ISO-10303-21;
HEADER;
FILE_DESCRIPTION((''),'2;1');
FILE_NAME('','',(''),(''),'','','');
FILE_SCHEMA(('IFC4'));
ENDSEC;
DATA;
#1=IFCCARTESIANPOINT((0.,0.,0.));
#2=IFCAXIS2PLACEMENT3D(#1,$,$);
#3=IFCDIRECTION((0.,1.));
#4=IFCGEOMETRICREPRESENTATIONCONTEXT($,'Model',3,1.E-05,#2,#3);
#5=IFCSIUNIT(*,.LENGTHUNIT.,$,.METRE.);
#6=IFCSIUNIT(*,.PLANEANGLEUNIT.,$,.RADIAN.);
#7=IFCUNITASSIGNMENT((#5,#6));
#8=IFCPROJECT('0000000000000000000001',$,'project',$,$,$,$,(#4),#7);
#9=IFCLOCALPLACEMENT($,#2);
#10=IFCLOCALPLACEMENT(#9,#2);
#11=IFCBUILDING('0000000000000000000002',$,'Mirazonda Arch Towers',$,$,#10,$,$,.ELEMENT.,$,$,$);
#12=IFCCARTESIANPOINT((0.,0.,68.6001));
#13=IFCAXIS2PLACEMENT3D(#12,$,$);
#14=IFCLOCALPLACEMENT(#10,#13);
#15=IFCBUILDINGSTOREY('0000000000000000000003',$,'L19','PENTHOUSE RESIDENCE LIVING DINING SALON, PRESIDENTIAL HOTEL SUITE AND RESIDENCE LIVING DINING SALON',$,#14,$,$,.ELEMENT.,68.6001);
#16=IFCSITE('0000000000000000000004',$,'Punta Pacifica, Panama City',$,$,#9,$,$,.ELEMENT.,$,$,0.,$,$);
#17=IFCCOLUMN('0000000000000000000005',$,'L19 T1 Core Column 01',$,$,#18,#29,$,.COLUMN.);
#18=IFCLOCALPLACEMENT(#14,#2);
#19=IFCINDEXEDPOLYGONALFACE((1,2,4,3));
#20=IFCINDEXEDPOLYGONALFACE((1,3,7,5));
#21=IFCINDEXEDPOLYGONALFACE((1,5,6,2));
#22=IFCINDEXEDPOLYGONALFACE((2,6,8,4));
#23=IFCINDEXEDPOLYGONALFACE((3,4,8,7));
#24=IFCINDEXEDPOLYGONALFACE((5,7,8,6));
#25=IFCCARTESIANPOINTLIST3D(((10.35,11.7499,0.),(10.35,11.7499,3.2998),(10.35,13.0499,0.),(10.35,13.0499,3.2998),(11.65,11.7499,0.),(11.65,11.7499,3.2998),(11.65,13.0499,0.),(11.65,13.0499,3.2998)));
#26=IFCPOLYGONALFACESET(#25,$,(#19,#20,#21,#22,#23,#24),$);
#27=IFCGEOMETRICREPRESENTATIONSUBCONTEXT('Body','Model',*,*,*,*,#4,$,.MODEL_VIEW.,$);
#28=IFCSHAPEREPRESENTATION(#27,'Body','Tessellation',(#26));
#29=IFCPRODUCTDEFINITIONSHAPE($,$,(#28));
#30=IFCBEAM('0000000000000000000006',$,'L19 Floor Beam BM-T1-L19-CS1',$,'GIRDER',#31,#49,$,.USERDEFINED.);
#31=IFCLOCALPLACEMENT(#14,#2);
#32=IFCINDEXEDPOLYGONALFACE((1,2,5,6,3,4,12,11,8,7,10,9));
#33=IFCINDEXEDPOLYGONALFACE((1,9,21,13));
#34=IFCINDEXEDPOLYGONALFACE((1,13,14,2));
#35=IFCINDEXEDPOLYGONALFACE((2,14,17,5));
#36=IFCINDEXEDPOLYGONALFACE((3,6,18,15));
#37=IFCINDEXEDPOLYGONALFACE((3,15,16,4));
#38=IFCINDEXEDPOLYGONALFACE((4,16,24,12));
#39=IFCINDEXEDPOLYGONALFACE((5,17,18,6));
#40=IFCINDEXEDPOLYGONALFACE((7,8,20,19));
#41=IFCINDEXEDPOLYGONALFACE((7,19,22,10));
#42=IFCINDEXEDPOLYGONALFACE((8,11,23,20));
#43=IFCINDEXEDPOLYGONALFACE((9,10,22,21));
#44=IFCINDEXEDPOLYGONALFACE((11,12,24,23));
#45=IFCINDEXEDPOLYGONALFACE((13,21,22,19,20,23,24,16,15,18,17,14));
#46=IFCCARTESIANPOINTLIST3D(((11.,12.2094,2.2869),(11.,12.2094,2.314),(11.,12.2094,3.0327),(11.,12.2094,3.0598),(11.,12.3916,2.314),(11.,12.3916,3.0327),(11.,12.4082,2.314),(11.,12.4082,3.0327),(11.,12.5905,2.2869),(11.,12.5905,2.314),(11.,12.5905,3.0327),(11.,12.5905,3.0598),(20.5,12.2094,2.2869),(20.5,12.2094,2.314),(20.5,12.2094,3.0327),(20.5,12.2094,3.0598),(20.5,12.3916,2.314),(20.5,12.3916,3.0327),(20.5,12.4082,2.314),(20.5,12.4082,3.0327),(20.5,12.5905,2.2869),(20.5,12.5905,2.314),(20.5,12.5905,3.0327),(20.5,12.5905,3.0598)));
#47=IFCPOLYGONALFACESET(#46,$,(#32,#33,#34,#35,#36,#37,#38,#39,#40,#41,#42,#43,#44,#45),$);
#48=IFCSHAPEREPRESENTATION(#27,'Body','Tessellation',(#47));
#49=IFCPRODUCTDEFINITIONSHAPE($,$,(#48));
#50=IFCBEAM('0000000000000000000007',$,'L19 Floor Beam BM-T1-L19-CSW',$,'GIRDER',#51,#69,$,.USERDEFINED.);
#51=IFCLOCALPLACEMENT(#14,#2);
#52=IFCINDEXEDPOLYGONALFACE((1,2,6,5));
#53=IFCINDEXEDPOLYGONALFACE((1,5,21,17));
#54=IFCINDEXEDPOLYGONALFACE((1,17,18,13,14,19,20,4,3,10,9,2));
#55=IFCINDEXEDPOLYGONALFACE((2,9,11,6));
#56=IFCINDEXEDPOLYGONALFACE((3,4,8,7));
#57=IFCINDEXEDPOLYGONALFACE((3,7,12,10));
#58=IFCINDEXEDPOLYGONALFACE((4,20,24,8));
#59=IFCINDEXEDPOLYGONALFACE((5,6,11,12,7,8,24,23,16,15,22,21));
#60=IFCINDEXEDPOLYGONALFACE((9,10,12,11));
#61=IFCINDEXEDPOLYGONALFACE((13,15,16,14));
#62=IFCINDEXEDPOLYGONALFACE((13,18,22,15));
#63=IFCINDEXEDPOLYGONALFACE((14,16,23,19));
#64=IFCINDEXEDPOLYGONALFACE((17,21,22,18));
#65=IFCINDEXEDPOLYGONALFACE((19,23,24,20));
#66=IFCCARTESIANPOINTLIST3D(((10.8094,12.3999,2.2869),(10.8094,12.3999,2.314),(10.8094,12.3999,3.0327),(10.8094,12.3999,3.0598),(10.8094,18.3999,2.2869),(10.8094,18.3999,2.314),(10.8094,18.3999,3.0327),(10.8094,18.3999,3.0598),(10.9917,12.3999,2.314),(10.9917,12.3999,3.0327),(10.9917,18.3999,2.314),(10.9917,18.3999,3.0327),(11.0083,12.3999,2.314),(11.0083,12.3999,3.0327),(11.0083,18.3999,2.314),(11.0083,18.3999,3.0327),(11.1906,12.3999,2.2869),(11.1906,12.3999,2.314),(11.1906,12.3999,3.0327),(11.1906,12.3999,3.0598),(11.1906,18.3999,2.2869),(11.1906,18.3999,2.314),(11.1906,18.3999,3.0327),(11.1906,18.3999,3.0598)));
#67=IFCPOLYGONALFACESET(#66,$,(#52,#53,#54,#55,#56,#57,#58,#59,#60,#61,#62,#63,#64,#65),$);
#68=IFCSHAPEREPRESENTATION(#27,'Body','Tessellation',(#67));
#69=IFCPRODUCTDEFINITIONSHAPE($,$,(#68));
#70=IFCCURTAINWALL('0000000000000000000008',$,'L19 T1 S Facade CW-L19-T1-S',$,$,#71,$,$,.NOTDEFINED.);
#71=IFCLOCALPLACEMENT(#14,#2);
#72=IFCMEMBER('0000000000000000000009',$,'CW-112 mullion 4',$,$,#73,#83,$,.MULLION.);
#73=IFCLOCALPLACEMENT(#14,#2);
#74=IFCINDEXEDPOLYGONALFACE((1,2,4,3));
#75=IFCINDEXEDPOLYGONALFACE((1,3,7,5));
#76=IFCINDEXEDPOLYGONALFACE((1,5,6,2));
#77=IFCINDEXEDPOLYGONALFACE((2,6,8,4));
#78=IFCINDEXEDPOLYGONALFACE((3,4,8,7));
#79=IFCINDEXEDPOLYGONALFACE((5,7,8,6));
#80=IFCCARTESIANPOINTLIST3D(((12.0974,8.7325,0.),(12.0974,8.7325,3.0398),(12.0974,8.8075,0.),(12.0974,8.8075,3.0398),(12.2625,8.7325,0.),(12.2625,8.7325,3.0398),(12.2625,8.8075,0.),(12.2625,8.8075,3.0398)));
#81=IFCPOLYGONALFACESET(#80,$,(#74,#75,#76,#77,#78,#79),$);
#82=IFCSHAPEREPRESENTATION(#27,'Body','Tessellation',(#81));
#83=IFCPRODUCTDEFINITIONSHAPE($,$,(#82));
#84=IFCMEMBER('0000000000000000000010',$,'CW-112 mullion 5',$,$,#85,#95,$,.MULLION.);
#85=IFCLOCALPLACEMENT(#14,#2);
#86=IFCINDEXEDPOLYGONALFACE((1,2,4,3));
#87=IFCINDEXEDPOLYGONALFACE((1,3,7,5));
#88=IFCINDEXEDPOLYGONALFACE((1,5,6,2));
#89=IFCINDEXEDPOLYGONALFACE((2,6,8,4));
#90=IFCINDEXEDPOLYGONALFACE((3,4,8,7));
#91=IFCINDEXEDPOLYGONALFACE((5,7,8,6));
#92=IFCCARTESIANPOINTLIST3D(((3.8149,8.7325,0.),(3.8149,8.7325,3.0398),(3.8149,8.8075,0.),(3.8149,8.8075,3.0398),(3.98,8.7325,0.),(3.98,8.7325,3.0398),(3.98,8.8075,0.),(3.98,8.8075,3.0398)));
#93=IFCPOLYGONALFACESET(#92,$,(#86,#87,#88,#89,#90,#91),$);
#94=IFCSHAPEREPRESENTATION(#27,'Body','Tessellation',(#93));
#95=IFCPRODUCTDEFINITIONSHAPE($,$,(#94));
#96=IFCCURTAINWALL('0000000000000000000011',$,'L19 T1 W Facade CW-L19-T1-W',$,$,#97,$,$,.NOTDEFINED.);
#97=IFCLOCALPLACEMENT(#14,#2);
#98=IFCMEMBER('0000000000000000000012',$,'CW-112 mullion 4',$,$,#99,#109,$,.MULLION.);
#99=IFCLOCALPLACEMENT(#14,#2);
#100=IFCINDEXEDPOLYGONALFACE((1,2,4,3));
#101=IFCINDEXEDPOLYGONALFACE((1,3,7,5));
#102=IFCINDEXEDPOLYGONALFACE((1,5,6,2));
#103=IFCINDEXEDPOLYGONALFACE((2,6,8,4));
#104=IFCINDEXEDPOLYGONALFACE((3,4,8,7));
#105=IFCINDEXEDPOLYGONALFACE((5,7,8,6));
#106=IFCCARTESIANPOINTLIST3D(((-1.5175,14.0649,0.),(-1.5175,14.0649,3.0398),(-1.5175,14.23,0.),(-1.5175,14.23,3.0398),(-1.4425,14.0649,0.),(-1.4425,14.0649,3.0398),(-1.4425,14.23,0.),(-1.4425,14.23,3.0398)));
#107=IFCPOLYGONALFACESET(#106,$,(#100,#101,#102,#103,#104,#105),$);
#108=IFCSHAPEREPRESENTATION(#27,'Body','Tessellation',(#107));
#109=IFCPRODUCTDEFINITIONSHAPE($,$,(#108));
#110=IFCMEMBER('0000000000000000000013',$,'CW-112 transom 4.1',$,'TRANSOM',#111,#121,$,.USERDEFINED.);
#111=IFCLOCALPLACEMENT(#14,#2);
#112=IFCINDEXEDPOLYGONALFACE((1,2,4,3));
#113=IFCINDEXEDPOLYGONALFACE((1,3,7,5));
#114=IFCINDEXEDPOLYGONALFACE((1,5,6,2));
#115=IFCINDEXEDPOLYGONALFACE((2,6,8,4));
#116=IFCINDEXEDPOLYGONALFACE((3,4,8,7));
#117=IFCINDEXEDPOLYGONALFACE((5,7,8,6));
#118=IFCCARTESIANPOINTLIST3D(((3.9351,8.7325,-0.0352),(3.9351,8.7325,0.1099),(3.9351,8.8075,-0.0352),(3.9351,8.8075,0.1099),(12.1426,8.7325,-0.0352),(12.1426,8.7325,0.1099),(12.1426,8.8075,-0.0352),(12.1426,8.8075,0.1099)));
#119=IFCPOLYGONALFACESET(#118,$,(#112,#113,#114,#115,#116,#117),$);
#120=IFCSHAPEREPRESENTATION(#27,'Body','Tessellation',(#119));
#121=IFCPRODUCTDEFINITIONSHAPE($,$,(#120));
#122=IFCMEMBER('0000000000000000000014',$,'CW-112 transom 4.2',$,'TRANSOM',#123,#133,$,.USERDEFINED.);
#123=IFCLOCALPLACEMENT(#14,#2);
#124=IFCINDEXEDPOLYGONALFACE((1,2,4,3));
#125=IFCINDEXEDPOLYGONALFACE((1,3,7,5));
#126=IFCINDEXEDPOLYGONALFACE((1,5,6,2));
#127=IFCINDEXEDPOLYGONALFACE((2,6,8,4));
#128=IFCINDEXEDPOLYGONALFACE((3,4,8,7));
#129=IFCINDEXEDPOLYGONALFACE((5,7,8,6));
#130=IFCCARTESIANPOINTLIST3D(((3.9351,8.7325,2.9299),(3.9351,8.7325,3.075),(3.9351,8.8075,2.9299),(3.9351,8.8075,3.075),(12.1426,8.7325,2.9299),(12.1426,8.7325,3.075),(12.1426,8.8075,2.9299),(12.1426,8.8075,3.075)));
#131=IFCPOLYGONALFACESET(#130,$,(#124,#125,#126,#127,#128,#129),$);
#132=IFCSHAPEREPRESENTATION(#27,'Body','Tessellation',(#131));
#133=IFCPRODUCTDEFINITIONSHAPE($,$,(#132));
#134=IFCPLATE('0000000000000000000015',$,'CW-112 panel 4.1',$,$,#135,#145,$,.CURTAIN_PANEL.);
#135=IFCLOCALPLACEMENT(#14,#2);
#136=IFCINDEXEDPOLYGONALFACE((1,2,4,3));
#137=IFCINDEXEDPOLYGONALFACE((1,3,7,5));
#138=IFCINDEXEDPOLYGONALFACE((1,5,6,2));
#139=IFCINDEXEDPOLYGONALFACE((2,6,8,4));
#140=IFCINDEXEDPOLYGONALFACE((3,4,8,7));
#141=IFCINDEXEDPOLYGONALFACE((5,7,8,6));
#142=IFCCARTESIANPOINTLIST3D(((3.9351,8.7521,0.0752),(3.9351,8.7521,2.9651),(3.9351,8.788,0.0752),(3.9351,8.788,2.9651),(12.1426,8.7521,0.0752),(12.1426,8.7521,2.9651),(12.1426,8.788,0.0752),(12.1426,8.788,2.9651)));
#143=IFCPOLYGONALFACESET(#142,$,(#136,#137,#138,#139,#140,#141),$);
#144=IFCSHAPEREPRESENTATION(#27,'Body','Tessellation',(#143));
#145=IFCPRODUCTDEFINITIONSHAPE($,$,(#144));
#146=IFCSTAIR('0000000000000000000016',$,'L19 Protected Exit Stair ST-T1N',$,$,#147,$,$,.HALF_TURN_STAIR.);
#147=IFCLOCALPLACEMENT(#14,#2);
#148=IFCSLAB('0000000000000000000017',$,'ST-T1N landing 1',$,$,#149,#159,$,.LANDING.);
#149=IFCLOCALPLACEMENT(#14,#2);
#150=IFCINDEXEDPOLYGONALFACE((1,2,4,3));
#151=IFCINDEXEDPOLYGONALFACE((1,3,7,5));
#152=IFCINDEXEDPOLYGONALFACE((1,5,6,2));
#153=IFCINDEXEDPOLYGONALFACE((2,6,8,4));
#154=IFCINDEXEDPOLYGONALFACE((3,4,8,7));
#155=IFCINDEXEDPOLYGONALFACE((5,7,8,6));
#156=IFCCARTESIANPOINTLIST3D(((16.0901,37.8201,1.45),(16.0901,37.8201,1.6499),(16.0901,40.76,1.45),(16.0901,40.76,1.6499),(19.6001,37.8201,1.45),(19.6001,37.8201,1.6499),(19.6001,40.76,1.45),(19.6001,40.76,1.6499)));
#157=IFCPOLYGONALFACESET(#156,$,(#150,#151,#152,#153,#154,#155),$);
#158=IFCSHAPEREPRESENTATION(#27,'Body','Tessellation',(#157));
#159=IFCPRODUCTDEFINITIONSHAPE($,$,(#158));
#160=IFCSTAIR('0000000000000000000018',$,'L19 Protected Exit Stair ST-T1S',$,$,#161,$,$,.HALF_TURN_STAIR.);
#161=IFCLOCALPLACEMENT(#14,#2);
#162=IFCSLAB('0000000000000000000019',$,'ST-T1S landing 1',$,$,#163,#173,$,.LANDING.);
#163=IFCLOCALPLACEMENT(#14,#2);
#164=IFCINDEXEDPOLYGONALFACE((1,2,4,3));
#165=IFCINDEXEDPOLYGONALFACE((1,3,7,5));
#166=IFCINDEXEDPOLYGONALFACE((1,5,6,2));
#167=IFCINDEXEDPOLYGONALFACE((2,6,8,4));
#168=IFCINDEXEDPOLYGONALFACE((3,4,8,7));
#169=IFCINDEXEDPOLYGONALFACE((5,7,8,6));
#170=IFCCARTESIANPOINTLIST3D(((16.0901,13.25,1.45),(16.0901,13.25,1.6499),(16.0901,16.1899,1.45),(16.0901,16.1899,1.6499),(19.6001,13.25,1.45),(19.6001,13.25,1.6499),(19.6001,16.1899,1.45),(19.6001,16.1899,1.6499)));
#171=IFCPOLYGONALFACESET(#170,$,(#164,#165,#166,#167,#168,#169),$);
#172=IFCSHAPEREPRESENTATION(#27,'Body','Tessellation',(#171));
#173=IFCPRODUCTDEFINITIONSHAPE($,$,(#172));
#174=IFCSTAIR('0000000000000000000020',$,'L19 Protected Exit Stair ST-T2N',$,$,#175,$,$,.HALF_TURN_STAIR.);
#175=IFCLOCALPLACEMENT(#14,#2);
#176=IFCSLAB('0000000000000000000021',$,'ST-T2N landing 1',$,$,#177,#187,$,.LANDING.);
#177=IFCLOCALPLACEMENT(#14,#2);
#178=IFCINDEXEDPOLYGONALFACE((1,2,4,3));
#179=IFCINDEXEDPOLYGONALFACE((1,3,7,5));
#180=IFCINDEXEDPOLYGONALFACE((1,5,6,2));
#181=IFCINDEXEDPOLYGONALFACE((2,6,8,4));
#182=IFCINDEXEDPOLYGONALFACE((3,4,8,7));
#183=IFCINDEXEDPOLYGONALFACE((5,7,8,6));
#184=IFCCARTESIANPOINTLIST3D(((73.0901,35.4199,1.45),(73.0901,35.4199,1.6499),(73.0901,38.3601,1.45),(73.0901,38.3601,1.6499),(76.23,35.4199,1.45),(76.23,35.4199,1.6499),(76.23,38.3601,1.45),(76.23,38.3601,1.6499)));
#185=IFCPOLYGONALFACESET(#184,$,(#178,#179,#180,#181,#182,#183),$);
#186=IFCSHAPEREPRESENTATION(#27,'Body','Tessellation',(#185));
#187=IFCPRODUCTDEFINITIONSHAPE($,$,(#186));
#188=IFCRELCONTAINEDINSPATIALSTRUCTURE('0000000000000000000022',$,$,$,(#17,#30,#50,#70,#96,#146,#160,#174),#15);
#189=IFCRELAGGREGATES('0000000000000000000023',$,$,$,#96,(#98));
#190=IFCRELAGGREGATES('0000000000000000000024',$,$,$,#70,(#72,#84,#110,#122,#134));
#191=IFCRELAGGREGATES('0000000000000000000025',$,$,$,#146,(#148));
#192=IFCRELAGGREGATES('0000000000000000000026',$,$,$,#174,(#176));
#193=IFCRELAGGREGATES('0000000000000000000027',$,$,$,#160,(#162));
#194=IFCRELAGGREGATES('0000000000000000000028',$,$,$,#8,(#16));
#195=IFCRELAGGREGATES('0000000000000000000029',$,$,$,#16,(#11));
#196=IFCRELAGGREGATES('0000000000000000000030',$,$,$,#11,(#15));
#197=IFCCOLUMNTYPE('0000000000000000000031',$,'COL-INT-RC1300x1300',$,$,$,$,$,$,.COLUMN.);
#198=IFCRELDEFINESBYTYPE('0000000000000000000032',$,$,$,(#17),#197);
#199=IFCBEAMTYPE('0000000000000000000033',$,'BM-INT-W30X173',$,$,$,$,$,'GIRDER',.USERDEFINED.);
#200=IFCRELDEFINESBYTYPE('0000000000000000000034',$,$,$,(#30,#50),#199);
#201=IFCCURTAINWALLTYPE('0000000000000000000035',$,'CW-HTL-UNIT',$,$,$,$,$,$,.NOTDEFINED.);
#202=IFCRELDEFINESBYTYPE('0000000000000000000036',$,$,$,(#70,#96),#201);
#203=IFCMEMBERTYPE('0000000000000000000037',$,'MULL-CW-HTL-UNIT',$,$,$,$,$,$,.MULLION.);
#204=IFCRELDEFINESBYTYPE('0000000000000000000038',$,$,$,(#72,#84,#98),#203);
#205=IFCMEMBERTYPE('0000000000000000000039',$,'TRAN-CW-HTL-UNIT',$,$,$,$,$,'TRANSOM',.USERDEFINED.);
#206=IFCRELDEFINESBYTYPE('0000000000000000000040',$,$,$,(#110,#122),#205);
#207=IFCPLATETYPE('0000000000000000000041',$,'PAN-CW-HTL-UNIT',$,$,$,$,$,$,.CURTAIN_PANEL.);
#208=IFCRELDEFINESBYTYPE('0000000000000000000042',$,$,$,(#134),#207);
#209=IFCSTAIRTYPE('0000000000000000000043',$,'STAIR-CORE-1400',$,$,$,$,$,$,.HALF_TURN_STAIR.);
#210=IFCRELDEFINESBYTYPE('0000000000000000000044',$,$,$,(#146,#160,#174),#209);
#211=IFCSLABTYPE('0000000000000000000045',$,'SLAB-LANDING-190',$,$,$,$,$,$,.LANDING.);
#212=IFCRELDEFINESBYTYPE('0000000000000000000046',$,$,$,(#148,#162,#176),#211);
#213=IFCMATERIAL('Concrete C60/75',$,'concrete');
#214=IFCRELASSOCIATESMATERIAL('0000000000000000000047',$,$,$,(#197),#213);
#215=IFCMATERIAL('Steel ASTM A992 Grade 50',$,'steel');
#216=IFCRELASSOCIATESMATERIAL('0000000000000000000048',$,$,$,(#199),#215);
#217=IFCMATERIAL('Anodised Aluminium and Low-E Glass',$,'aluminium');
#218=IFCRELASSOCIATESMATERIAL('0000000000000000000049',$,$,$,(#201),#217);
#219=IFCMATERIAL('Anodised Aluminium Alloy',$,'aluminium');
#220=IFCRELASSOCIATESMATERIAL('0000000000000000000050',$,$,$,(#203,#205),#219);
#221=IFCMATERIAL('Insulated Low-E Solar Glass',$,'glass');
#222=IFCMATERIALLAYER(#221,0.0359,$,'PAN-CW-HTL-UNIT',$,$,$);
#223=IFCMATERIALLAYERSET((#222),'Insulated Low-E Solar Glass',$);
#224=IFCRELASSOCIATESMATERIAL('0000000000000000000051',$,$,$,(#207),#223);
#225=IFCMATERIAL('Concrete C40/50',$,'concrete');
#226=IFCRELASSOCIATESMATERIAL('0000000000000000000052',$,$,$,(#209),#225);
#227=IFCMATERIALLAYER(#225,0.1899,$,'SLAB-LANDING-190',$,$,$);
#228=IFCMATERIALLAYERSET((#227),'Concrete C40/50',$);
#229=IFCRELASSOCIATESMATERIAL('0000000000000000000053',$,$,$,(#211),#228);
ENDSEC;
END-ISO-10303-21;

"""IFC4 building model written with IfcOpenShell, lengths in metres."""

from ifc_helpers import new_model, si_unit, direction, frame, origin, origin_2d, place, context, subcontext, project, spatial, polyline, rectangle, i_section, outline, extrude, material, layer, layer_set, material_profile, profile_set, type_object, element, aggregate, save


model = new_model("IFC4")

# Units and contexts
model_context = context("Model", 3, precision=1e-05, world=origin(), true_north=direction((0.0, 1.0)))
body_context = subcontext(model_context, "Body", "Model", "MODEL_VIEW")
ifc_project = project(units=[si_unit("LENGTHUNIT", "METRE"), si_unit("PLANEANGLEUNIT", "RADIAN")], contexts=[model_context])

# Site, building, storey
site_placement = place(None, origin())
site = spatial("IfcSite", under=ifc_project, at=site_placement, Name="Punta Pacifica, Panama City", CompositionType="ELEMENT", RefElevation=0.0)
building_placement = place(site_placement, origin())
building = spatial("IfcBuilding", under=site, at=building_placement, Name="Mirazonda Arch Towers", CompositionType="ELEMENT")
storey_placement = place(building_placement, frame((0.0, 0.0, 68.6001)))
storey = spatial("IfcBuildingStorey", under=building, at=storey_placement, Name="L19", Description="PENTHOUSE RESIDENCE LIVING DINING SALON, PRESIDENTIAL HOTEL SUITE AND RESIDENCE LIVING DINING SALON", CompositionType="ELEMENT", Elevation=68.6001)

# Column
ifc_material_1 = material(Name="Concrete C60/75", Category="concrete")
ifc_material_profile_1 = material_profile(ifc_material_1, rectangle(XDim=1.3, YDim=1.3, at=origin_2d()), Name="RC1300x1300")
ifc_profile_set_1 = profile_set([ifc_material_profile_1], Name="Concrete C60/75")
column_type = type_object("IfcColumnType", Name="COL-INT-RC1300x1300", PredefinedType="COLUMN", material=ifc_profile_set_1)
column_placement = place(storey_placement, frame((11.0, 12.3999, 0.0), z_axis=(0.0, 0.0, 1.0), x_axis=(1.0, 0.0, 0.0)))
element("IfcColumn", 1, at=column_placement, inside=storey, type_object=column_type, Name="L19 T1 Core Column 01", PredefinedType="COLUMN", context=body_context, shape_type="SweptSolid", body=[
    extrude(rectangle(XDim=1.3, YDim=1.3, at=origin_2d()), origin(), (0.0, 0.0, 1.0), 3.2998),
])

# Beams
ifc_material_2 = material(Name="Steel ASTM A992 Grade 50", Category="steel")
ifc_material_profile_2 = material_profile(ifc_material_2, i_section(OverallWidth=0.3811, OverallDepth=0.7729, WebThickness=0.0166, FlangeThickness=0.0271, at=origin_2d()), Name="W30X173")
ifc_profile_set_2 = profile_set([ifc_material_profile_2], Name="Steel ASTM A992 Grade 50")
beam_type = type_object("IfcBeamType", Name="BM-INT-W30X173", ElementType="GIRDER", PredefinedType="USERDEFINED", material=ifc_profile_set_2)
beam_1_placement = place(storey_placement, frame((11.0, 12.3999, 2.6733), z_axis=(1.0, 0.0, 0.0), x_axis=(0.0, 1.0, 0.0)))
element("IfcBeam", 2, at=beam_1_placement, inside=storey, type_object=beam_type, Name="L19 Floor Beam BM-T1-L19-CS1", ObjectType="GIRDER", PredefinedType="USERDEFINED", context=body_context, shape_type="SweptSolid", body=[
    extrude(i_section(OverallWidth=0.3811, OverallDepth=0.7729, WebThickness=0.0166, FlangeThickness=0.0271, at=origin_2d()), origin(), (0.0, 0.0, 1.0), 9.5),
])
beam_2_placement = place(storey_placement, frame((11.0, 12.3999, 2.6733), z_axis=(0.0, 1.0, 0.0), x_axis=(-1.0, 0.0, 0.0)))
element("IfcBeam", 3, at=beam_2_placement, inside=storey, type_object=beam_type, Name="L19 Floor Beam BM-T1-L19-CSW", ObjectType="GIRDER", PredefinedType="USERDEFINED", context=body_context, shape_type="SweptSolid", body=[
    extrude(i_section(OverallWidth=0.3811, OverallDepth=0.7729, WebThickness=0.0166, FlangeThickness=0.0271, at=origin_2d()), origin(), (0.0, 0.0, 1.0), 6.0),
])

# Curtain wall, members
ifc_material_3 = material(Name="Anodised Aluminium and Low-E Glass", Category="aluminium")
curtain_wall_type = type_object("IfcCurtainWallType", Name="CW-HTL-UNIT", PredefinedType="NOTDEFINED", material=ifc_material_3)
curtain_wall_1_placement = place(storey_placement, origin())
curtain_wall_1 = element("IfcCurtainWall", 4, at=curtain_wall_1_placement, inside=storey, type_object=curtain_wall_type, Name="L19 T1 S Facade CW-L19-T1-S", PredefinedType="NOTDEFINED")
ifc_material_4 = material(Name="Anodised Aluminium Alloy", Category="aluminium")
ifc_material_profile_3 = material_profile(ifc_material_4, rectangle(XDim=0.075, YDim=0.165, at=origin_2d()), Name="ALU-MULL-75x165")
ifc_profile_set_3 = profile_set([ifc_material_profile_3], Name="Anodised Aluminium Alloy")
member_type_1 = type_object("IfcMemberType", Name="MULL-CW-HTL-UNIT", PredefinedType="MULLION", material=ifc_profile_set_3)
member_1_placement = place(storey_placement, frame((12.1799, 8.77, 0.0), z_axis=(0.0, 0.0, 1.0), x_axis=(0.0, -1.0, 0.0)))
member_1 = element("IfcMember", 5, at=member_1_placement, type_object=member_type_1, Name="CW-112 mullion 4", PredefinedType="MULLION", context=body_context, shape_type="SweptSolid", body=[
    extrude(rectangle(XDim=0.075, YDim=0.165, at=origin_2d()), origin(), (0.0, 0.0, 1.0), 3.0398),
])
member_2_placement = place(storey_placement, frame((3.8975, 8.77, 0.0), z_axis=(0.0, 0.0, 1.0), x_axis=(0.0, -1.0, 0.0)))
member_2 = element("IfcMember", 6, at=member_2_placement, type_object=member_type_1, Name="CW-112 mullion 5", PredefinedType="MULLION", context=body_context, shape_type="SweptSolid", body=[
    extrude(rectangle(XDim=0.075, YDim=0.165, at=origin_2d()), origin(), (0.0, 0.0, 1.0), 3.0398),
])

# Curtain wall, member
curtain_wall_2_placement = place(storey_placement, origin())
curtain_wall_2 = element("IfcCurtainWall", 7, at=curtain_wall_2_placement, inside=storey, type_object=curtain_wall_type, Name="L19 T1 W Facade CW-L19-T1-W", PredefinedType="NOTDEFINED")
member_3_placement = place(storey_placement, frame((-1.48, 14.1475, 0.0), z_axis=(0.0, 0.0, 1.0), x_axis=(1.0, 0.0, 0.0)))
member_3 = element("IfcMember", 8, at=member_3_placement, type_object=member_type_1, Name="CW-112 mullion 4", PredefinedType="MULLION", context=body_context, shape_type="SweptSolid", body=[
    extrude(rectangle(XDim=0.075, YDim=0.165, at=origin_2d()), origin(), (0.0, 0.0, 1.0), 3.0398),
])
aggregate(curtain_wall_2, [member_3])

# Members
ifc_material_profile_4 = material_profile(ifc_material_4, rectangle(XDim=0.075, YDim=0.145, at=origin_2d()), Name="ALU-TRAN-75x145")
ifc_profile_set_4 = profile_set([ifc_material_profile_4], Name="Anodised Aluminium Alloy")
member_type_2 = type_object("IfcMemberType", Name="TRAN-CW-HTL-UNIT", ElementType="TRANSOM", PredefinedType="USERDEFINED", material=ifc_profile_set_4)
member_4_placement = place(storey_placement, frame((12.1426, 8.77, 0.0374), z_axis=(-1.0, 0.0, 0.0), x_axis=(0.0, -1.0, 0.0)))
member_4 = element("IfcMember", 9, at=member_4_placement, type_object=member_type_2, Name="CW-112 transom 4.1", ObjectType="TRANSOM", PredefinedType="USERDEFINED", context=body_context, shape_type="SweptSolid", body=[
    extrude(rectangle(XDim=0.075, YDim=0.145, at=origin_2d()), origin(), (0.0, 0.0, 1.0), 8.2075),
])
member_5_placement = place(storey_placement, frame((12.1426, 8.77, 3.0024), z_axis=(-1.0, 0.0, 0.0), x_axis=(0.0, -1.0, 0.0)))
member_5 = element("IfcMember", 10, at=member_5_placement, type_object=member_type_2, Name="CW-112 transom 4.2", ObjectType="TRANSOM", PredefinedType="USERDEFINED", context=body_context, shape_type="SweptSolid", body=[
    extrude(rectangle(XDim=0.075, YDim=0.145, at=origin_2d()), origin(), (0.0, 0.0, 1.0), 8.2075),
])

# Plate
ifc_material_5 = material(Name="Insulated Low-E Solar Glass", Category="glass")
ifc_layer_1 = layer(ifc_material_5, 0.0359, Name="PAN-CW-HTL-UNIT")
ifc_layer_set_1 = layer_set([ifc_layer_1], Name="Insulated Low-E Solar Glass")
plate_type = type_object("IfcPlateType", Name="PAN-CW-HTL-UNIT", PredefinedType="CURTAIN_PANEL", material=ifc_layer_set_1)
plate_placement = place(storey_placement, frame((8.0388, 8.77, 0.0752), z_axis=(0.0, 0.0, 1.0), x_axis=(-1.0, 0.0, 0.0)))
plate = element("IfcPlate", 11, at=plate_placement, type_object=plate_type, Name="CW-112 panel 4.1", PredefinedType="CURTAIN_PANEL", context=body_context, shape_type="SweptSolid", body=[
    extrude(rectangle(XDim=8.2075, YDim=0.0359, at=origin_2d()), origin(), (0.0, 0.0, 1.0), 2.8899),
])
aggregate(curtain_wall_1, [member_1, member_2, member_4, member_5, plate])

# Stairs, slabs
ifc_material_6 = material(Name="Concrete C40/50", Category="concrete")
stair_type = type_object("IfcStairType", Name="STAIR-CORE-1400", PredefinedType="HALF_TURN_STAIR", material=ifc_material_6)
stair_1_placement = place(storey_placement, origin())
stair_1 = element("IfcStair", 12, at=stair_1_placement, inside=storey, type_object=stair_type, Name="L19 Protected Exit Stair ST-T1N", PredefinedType="HALF_TURN_STAIR")
ifc_layer_2 = layer(ifc_material_6, 0.1899, Name="SLAB-LANDING-190")
ifc_layer_set_2 = layer_set([ifc_layer_2], Name="Concrete C40/50")
slab_type_1 = type_object("IfcSlabType", Name="SLAB-LANDING-190", PredefinedType="LANDING", material=ifc_layer_set_2)
slab_1_placement = place(storey_placement, frame((0.0, 0.0, 1.45)))
slab_1 = element("IfcSlab", 13, at=slab_1_placement, type_object=slab_type_1, Name="ST-T1N landing 1", PredefinedType="LANDING", context=body_context, shape_type="SweptSolid", body=[
    extrude(outline(polyline([(16.0901, 37.8201), (19.6001, 37.8201), (19.6001, 40.76), (16.0901, 40.76), (16.0901, 37.8201)])), origin(), (0.0, 0.0, 1.0), 0.2),
])
aggregate(stair_1, [slab_1])
stair_2_placement = place(storey_placement, origin())
stair_2 = element("IfcStair", 14, at=stair_2_placement, inside=storey, type_object=stair_type, Name="L19 Protected Exit Stair ST-T1S", PredefinedType="HALF_TURN_STAIR")
slab_2_placement = place(storey_placement, frame((0.0, 0.0, 1.45)))
slab_2 = element("IfcSlab", 15, at=slab_2_placement, type_object=slab_type_1, Name="ST-T1S landing 1", PredefinedType="LANDING", context=body_context, shape_type="SweptSolid", body=[
    extrude(outline(polyline([(16.0901, 13.25), (19.6001, 13.25), (19.6001, 16.1899), (16.0901, 16.1899), (16.0901, 13.25)])), origin(), (0.0, 0.0, 1.0), 0.2),
])
stair_3_placement = place(storey_placement, origin())
stair_3 = element("IfcStair", 16, at=stair_3_placement, inside=storey, type_object=stair_type, Name="L19 Protected Exit Stair ST-T2N", PredefinedType="HALF_TURN_STAIR")
slab_3_placement = place(storey_placement, frame((0.0, 0.0, 1.45)))
slab_3 = element("IfcSlab", 17, at=slab_3_placement, type_object=slab_type_1, Name="ST-T2N landing 1", PredefinedType="LANDING", context=body_context, shape_type="SweptSolid", body=[
    extrude(outline(polyline([(73.0901, 35.4199), (76.23, 35.4199), (76.23, 38.3601), (73.0901, 38.3601), (73.0901, 35.4199)])), origin(), (0.0, 0.0, 1.0), 0.2),
])
aggregate(stair_3, [slab_3])

aggregate(stair_2, [slab_2])

save(model, "model.ifc")
